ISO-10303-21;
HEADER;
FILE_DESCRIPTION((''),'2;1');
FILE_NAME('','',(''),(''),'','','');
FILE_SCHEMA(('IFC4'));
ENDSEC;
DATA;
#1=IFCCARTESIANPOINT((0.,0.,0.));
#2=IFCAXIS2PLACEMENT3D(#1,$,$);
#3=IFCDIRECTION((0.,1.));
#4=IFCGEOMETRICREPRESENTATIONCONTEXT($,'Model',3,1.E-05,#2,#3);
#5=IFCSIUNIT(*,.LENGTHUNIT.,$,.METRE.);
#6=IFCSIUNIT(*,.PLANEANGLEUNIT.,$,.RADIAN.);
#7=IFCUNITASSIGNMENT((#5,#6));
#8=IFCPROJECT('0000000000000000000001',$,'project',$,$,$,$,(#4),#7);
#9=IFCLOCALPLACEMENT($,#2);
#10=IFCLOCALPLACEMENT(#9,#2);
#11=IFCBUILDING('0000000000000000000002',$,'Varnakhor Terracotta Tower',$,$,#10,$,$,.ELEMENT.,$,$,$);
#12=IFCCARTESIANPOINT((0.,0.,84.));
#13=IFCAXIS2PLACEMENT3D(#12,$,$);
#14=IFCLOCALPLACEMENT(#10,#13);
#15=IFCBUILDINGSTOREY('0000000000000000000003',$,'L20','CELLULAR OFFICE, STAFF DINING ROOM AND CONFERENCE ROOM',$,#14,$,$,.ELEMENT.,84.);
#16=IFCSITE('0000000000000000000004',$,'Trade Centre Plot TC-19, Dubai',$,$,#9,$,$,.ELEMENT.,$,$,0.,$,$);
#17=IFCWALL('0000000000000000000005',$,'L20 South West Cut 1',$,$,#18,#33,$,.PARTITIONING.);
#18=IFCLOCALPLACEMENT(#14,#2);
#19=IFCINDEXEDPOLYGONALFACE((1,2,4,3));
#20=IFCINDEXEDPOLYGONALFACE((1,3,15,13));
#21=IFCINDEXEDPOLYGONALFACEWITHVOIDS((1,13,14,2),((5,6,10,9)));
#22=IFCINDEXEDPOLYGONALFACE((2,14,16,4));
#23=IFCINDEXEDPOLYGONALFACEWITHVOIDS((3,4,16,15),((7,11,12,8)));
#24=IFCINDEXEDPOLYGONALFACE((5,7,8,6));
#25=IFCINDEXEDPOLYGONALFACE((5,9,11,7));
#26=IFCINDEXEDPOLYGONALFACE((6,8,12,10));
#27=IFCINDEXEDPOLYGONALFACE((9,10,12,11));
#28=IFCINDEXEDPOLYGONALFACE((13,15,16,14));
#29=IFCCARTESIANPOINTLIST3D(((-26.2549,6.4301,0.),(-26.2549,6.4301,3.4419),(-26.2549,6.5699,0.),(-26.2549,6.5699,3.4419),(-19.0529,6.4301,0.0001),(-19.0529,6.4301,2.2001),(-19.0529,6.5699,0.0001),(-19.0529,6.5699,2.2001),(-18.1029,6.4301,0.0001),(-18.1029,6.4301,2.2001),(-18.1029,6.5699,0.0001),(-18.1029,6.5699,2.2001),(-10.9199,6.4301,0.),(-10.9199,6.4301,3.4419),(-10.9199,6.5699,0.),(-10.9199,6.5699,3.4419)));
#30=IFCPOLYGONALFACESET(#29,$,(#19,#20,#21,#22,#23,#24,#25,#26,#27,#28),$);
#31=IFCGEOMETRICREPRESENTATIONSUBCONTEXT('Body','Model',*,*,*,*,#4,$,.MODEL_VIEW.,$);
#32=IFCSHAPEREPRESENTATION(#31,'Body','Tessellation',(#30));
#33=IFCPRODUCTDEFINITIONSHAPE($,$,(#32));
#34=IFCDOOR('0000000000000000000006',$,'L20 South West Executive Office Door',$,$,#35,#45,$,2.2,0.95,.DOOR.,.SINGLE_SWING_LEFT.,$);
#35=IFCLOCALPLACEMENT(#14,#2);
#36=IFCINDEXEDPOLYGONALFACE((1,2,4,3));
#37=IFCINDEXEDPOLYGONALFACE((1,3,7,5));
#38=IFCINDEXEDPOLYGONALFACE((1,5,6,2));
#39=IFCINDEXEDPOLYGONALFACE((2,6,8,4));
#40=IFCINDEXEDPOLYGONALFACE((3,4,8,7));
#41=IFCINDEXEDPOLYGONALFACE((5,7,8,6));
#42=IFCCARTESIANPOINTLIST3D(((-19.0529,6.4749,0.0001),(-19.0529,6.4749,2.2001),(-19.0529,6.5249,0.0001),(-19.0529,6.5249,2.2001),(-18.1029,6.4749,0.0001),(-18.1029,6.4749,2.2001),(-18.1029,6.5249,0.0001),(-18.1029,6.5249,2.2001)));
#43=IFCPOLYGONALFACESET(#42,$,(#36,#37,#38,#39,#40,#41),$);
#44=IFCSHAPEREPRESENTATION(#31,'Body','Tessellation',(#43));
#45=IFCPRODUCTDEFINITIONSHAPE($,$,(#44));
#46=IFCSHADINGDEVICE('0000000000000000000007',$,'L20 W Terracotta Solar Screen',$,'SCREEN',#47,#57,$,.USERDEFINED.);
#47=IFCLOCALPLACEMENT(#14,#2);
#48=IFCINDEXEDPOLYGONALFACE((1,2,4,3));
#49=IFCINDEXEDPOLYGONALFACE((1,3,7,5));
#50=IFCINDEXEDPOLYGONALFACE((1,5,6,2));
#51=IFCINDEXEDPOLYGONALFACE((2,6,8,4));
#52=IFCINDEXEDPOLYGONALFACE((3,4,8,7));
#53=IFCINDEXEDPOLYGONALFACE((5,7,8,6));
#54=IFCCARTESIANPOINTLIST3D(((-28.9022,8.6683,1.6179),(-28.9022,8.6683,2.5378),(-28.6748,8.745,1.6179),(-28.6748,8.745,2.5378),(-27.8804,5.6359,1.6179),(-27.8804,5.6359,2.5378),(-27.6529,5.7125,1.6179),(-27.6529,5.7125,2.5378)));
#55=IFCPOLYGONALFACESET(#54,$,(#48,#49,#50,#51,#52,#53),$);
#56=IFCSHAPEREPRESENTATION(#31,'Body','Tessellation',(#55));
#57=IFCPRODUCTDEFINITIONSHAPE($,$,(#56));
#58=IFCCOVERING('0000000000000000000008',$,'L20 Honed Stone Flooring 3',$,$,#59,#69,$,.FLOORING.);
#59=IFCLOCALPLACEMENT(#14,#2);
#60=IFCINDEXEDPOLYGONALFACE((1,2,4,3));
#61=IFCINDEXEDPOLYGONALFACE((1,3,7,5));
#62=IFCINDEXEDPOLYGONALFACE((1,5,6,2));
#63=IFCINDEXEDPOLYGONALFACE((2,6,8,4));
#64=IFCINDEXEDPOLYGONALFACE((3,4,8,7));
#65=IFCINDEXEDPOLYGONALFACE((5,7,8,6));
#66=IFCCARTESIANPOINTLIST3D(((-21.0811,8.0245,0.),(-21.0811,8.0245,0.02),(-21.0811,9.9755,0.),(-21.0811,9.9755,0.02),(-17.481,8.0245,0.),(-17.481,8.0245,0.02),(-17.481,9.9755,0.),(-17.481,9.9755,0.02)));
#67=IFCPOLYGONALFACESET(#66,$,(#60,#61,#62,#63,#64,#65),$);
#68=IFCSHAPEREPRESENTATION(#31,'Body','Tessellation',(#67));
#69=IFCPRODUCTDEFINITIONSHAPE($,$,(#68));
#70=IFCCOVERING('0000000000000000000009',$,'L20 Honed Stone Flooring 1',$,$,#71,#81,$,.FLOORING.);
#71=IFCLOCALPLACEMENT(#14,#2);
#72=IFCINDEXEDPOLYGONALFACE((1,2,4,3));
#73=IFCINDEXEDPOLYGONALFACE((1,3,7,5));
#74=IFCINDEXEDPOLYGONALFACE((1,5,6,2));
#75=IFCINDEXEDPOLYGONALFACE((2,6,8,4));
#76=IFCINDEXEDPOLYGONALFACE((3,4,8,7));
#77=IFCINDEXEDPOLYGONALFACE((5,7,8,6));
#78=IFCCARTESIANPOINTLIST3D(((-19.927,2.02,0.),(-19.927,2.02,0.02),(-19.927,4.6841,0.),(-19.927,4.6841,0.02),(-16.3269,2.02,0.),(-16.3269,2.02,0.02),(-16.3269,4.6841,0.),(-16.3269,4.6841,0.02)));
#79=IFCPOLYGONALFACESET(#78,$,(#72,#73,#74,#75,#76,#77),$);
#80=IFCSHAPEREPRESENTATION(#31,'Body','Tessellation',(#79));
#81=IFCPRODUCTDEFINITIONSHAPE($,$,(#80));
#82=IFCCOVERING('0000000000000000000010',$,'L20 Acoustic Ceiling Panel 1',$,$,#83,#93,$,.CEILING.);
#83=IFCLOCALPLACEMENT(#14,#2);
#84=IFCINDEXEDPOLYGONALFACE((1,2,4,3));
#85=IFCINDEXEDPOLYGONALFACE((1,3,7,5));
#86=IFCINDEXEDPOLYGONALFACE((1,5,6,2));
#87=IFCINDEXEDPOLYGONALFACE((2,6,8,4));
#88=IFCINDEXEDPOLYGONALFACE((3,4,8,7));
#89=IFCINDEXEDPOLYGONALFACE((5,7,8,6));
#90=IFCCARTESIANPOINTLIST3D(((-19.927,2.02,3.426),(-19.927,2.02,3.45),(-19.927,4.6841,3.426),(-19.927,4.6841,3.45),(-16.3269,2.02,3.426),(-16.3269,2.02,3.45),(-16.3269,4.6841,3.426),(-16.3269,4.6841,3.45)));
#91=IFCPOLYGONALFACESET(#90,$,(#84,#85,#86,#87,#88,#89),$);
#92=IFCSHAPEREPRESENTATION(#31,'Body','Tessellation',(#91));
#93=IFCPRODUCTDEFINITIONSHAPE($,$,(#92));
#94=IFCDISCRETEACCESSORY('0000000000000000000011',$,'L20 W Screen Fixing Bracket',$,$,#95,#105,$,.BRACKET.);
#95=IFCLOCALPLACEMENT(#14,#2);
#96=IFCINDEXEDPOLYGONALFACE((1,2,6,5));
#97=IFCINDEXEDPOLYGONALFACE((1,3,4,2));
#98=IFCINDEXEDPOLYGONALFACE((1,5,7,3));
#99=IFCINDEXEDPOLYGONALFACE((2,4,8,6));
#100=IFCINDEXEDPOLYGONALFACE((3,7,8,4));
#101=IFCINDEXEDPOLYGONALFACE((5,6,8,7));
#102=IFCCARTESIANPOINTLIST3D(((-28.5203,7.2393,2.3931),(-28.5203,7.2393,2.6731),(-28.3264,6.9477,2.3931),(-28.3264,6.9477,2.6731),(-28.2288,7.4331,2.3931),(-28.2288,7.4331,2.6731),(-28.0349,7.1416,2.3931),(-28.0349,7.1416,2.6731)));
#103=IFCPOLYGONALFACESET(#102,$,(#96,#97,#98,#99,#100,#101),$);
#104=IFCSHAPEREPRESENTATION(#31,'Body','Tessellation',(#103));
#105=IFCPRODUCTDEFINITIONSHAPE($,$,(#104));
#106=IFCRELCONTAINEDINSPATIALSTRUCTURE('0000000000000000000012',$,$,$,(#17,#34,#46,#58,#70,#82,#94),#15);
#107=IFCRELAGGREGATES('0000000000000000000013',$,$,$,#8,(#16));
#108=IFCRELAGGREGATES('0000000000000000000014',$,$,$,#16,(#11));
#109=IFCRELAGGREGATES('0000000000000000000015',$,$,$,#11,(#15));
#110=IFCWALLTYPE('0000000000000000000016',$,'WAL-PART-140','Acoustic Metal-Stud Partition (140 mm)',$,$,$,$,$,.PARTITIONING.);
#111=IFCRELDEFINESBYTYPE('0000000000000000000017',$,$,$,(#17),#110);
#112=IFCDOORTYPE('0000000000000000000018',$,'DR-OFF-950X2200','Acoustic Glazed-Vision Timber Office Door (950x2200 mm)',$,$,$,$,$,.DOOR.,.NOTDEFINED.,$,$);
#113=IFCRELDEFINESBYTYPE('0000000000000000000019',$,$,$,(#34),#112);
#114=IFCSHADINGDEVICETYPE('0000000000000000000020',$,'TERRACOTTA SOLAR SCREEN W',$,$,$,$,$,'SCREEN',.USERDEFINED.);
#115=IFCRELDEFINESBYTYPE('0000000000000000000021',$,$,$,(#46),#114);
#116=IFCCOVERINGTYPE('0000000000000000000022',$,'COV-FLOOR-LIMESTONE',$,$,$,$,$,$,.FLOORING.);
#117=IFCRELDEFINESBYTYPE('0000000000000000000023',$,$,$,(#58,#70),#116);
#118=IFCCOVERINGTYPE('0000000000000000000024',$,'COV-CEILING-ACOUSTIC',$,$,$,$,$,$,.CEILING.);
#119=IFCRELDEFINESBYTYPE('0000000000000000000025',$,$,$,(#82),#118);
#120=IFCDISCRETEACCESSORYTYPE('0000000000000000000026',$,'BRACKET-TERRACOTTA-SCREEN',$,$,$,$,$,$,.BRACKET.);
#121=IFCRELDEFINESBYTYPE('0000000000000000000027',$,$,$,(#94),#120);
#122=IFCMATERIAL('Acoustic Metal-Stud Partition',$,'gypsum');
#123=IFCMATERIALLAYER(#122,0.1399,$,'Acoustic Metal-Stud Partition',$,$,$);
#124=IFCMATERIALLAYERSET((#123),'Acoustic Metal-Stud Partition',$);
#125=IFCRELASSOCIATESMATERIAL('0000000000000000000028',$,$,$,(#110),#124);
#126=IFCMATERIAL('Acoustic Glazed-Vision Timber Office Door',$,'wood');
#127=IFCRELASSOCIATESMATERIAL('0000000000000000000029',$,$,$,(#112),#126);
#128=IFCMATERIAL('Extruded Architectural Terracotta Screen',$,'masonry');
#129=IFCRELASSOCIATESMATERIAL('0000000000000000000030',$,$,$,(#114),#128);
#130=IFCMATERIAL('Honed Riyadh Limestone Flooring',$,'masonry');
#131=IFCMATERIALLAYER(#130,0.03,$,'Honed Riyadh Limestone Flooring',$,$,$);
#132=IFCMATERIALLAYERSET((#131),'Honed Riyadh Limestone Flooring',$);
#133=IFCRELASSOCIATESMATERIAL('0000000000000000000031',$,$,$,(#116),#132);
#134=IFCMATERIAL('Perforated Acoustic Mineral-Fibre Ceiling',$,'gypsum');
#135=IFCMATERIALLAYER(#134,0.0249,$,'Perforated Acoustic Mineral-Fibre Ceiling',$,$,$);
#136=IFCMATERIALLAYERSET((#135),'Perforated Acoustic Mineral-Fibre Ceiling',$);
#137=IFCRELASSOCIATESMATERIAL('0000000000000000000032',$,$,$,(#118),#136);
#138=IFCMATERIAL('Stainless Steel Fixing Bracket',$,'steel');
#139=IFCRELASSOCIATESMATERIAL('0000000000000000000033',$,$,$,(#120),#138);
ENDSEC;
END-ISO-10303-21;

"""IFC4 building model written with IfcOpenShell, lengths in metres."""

from ifc_helpers import new_model, si_unit, direction, frame, frame_2d, origin, origin_2d, place, context, subcontext, project, spatial, rectangle, extrude, source, transform, mapped, material, layer, layer_set, type_object, type_shapes, element, fill, save


model = new_model("IFC4")

# Units and contexts
model_context = context("Model", 3, precision=1e-05, world=origin(), true_north=direction((0.0, 1.0)))
body_context = subcontext(model_context, "Body", "Model", "MODEL_VIEW")
ifc_project = project(units=[si_unit("LENGTHUNIT", "METRE"), si_unit("PLANEANGLEUNIT", "RADIAN")], contexts=[model_context])

# Site, building, storey
site_placement = place(None, origin())
site = spatial("IfcSite", under=ifc_project, at=site_placement, Name="Trade Centre Plot TC-19, Dubai", CompositionType="ELEMENT", RefElevation=0.0)
building_placement = place(site_placement, origin())
building = spatial("IfcBuilding", under=site, at=building_placement, Name="Varnakhor Terracotta Tower", CompositionType="ELEMENT")
storey_placement = place(building_placement, frame((0.0, 0.0, 84.0)))
storey = spatial("IfcBuildingStorey", under=building, at=storey_placement, Name="L20", Description="CELLULAR OFFICE, STAFF DINING ROOM AND CONFERENCE ROOM", CompositionType="ELEMENT", Elevation=84.0)

# Wall, opening, door
ifc_material_1 = material(Name="Acoustic Metal-Stud Partition", Category="gypsum")
ifc_layer_1 = layer(ifc_material_1, 0.1399, Name="Acoustic Metal-Stud Partition")
ifc_layer_set_1 = layer_set([ifc_layer_1], Name="Acoustic Metal-Stud Partition")
wall_type = type_object("IfcWallType", Name="WAL-PART-140", Description="Acoustic Metal-Stud Partition (140 mm)", PredefinedType="PARTITIONING", material=ifc_layer_set_1)
wall_placement = place(storey_placement, frame((-26.2549, 6.5, 0.0), z_axis=(0.0, 0.0, 1.0), x_axis=(1.0, 0.0, 0.0)))
wall = element("IfcWall", 1, at=wall_placement, inside=storey, type_object=wall_type, Name="L20 South West Cut 1", PredefinedType="PARTITIONING", context=body_context, shape_type="SweptSolid", body=[
    extrude(rectangle(XDim=15.335, YDim=0.1399, at=frame_2d((7.6675, 0.0))), origin(), (0.0, 0.0, 1.0), 3.4419),
])
opening_placement = place(wall_placement, frame((7.2019, 0.0, 0.0)))
opening = element("IfcOpeningElement", 2, at=opening_placement, cuts=wall, PredefinedType="OPENING", context=body_context, shape_type="SweptSolid", body=[
    extrude(rectangle(XDim=0.95, YDim=2.2, at=frame_2d((0.4751, 1.1001))), frame((0.0, 0.0801, 0.0), z_axis=(0.0, -1.0, 0.0), x_axis=(1.0, 0.0, 0.0)), (0.0, 0.0, 1.0), 0.1599),
])
ifc_material_2 = material(Name="Acoustic Glazed-Vision Timber Office Door", Category="wood")
door_type = type_object("IfcDoorType", Name="DR-OFF-950X2200", Description="Acoustic Glazed-Vision Timber Office Door (950x2200 mm)", OperationType="NOTDEFINED", PredefinedType="DOOR", material=ifc_material_2)
shared_shape_1 = source(origin(), body_context, "Body", "SweptSolid", [
    extrude(rectangle(XDim=0.95, YDim=2.2, at=frame_2d((0.4751, 1.1001))), frame((0.0, 0.0249, 0.0), z_axis=(0.0, -1.0, 0.0), x_axis=(1.0, 0.0, 0.0)), (0.0, 0.0, 1.0), 0.05),
])
type_shapes(door_type, [shared_shape_1])
door_placement = place(opening_placement, origin())
door = element("IfcDoor", 3, at=door_placement, inside=storey, type_object=door_type, Name="L20 South West Executive Office Door", OperationType="SINGLE_SWING_LEFT", OverallHeight=2.2, OverallWidth=0.95, PredefinedType="DOOR", context=body_context, shape_type="MappedRepresentation", body=[
    mapped(shared_shape_1, transform((0.0, 0.0, 0.0), scale=1.0)),
])
fill(opening, door)

# Shading device
ifc_material_3 = material(Name="Extruded Architectural Terracotta Screen", Category="masonry")
shading_device_type = type_object("IfcShadingDeviceType", Name="TERRACOTTA SOLAR SCREEN W", ElementType="SCREEN", PredefinedType="USERDEFINED", material=ifc_material_3)
shared_shape_2 = source(origin(), body_context, "Body", "SweptSolid", [
    extrude(rectangle(XDim=3.2, YDim=0.24, at=origin_2d()), origin(), (0.0, 0.0, 1.0), 0.9199),
])
type_shapes(shading_device_type, [shared_shape_2])
shading_device_placement = place(storey_placement, frame((-28.2776, 7.1904, 1.6179), z_axis=(0.0, 0.0, 1.0), x_axis=(0.31934, -0.94764, 0.0)))
element("IfcShadingDevice", 4, at=shading_device_placement, inside=storey, type_object=shading_device_type, Name="L20 W Terracotta Solar Screen", ObjectType="SCREEN", PredefinedType="USERDEFINED", context=body_context, shape_type="MappedRepresentation", body=[
    mapped(shared_shape_2, transform((0.0, 0.0, 0.0), scale=1.0)),
])

# Coverings
ifc_material_4 = material(Name="Honed Riyadh Limestone Flooring", Category="masonry")
ifc_layer_2 = layer(ifc_material_4, 0.03, Name="Honed Riyadh Limestone Flooring")
ifc_layer_set_2 = layer_set([ifc_layer_2], Name="Honed Riyadh Limestone Flooring")
covering_type_1 = type_object("IfcCoveringType", Name="COV-FLOOR-LIMESTONE", PredefinedType="FLOORING", material=ifc_layer_set_2)
shared_shape_3 = source(origin(), body_context, "Body", "SweptSolid", [
    extrude(rectangle(XDim=3.6001, YDim=1.9509, at=origin_2d()), origin(), (0.0, 0.0, 1.0), 0.02),
])
covering_1_placement = place(storey_placement, frame((-19.281, 9.0, 0.0), z_axis=(0.0, 0.0, 1.0), x_axis=(1.0, 0.0, 0.0)))
element("IfcCovering", 5, at=covering_1_placement, inside=storey, type_object=covering_type_1, Name="L20 Honed Stone Flooring 3", PredefinedType="FLOORING", context=body_context, shape_type="MappedRepresentation", body=[
    mapped(shared_shape_3, transform((0.0, 0.0, 0.0), scale=1.0)),
])
shared_shape_4 = source(origin(), body_context, "Body", "SweptSolid", [
    extrude(rectangle(XDim=3.6001, YDim=2.6641, at=origin_2d()), origin(), (0.0, 0.0, 1.0), 0.02),
])
covering_2_placement = place(storey_placement, frame((-18.127, 3.3521, 0.0), z_axis=(0.0, 0.0, 1.0), x_axis=(1.0, 0.0, 0.0)))
element("IfcCovering", 6, at=covering_2_placement, inside=storey, type_object=covering_type_1, Name="L20 Honed Stone Flooring 1", PredefinedType="FLOORING", context=body_context, shape_type="MappedRepresentation", body=[
    mapped(shared_shape_4, transform((0.0, 0.0, 0.0), scale=1.0)),
])
ifc_material_5 = material(Name="Perforated Acoustic Mineral-Fibre Ceiling", Category="gypsum")
ifc_layer_3 = layer(ifc_material_5, 0.0249, Name="Perforated Acoustic Mineral-Fibre Ceiling")
ifc_layer_set_3 = layer_set([ifc_layer_3], Name="Perforated Acoustic Mineral-Fibre Ceiling")
covering_type_2 = type_object("IfcCoveringType", Name="COV-CEILING-ACOUSTIC", PredefinedType="CEILING", material=ifc_layer_set_3)
shared_shape_5 = source(origin(), body_context, "Body", "SweptSolid", [
    extrude(rectangle(XDim=3.6001, YDim=2.6641, at=origin_2d()), origin(), (0.0, 0.0, 1.0), 0.0239),
])
covering_3_placement = place(storey_placement, frame((-18.127, 3.3521, 3.426), z_axis=(0.0, 0.0, 1.0), x_axis=(1.0, 0.0, 0.0)))
element("IfcCovering", 7, at=covering_3_placement, inside=storey, type_object=covering_type_2, Name="L20 Acoustic Ceiling Panel 1", PredefinedType="CEILING", context=body_context, shape_type="MappedRepresentation", body=[
    mapped(shared_shape_5, transform((0.0, 0.0, 0.0), scale=1.0)),
])

# Discrete accessory
ifc_material_6 = material(Name="Stainless Steel Fixing Bracket", Category="steel")
discrete_accessory_type = type_object("IfcDiscreteAccessoryType", Name="BRACKET-TERRACOTTA-SCREEN", PredefinedType="BRACKET", material=ifc_material_6)
shared_shape_6 = source(origin(), body_context, "Body", "SweptSolid", [
    extrude(rectangle(XDim=0.3501, YDim=0.3501, at=origin_2d()), origin(), (0.0, 0.0, 1.0), 0.28),
])
type_shapes(discrete_accessory_type, [shared_shape_6])
discrete_accessory_placement = place(storey_placement, frame((-28.2776, 7.1904, 2.3931), z_axis=(0.0, 0.0, 1.0), x_axis=(0.553726, -0.832699, 0.0)))
element("IfcDiscreteAccessory", 8, at=discrete_accessory_placement, inside=storey, type_object=discrete_accessory_type, Name="L20 W Screen Fixing Bracket", PredefinedType="BRACKET", context=body_context, shape_type="MappedRepresentation", body=[
    mapped(shared_shape_6, transform((0.0, 0.0, 0.0), scale=1.0)),
])

save(model, "model.ifc")
